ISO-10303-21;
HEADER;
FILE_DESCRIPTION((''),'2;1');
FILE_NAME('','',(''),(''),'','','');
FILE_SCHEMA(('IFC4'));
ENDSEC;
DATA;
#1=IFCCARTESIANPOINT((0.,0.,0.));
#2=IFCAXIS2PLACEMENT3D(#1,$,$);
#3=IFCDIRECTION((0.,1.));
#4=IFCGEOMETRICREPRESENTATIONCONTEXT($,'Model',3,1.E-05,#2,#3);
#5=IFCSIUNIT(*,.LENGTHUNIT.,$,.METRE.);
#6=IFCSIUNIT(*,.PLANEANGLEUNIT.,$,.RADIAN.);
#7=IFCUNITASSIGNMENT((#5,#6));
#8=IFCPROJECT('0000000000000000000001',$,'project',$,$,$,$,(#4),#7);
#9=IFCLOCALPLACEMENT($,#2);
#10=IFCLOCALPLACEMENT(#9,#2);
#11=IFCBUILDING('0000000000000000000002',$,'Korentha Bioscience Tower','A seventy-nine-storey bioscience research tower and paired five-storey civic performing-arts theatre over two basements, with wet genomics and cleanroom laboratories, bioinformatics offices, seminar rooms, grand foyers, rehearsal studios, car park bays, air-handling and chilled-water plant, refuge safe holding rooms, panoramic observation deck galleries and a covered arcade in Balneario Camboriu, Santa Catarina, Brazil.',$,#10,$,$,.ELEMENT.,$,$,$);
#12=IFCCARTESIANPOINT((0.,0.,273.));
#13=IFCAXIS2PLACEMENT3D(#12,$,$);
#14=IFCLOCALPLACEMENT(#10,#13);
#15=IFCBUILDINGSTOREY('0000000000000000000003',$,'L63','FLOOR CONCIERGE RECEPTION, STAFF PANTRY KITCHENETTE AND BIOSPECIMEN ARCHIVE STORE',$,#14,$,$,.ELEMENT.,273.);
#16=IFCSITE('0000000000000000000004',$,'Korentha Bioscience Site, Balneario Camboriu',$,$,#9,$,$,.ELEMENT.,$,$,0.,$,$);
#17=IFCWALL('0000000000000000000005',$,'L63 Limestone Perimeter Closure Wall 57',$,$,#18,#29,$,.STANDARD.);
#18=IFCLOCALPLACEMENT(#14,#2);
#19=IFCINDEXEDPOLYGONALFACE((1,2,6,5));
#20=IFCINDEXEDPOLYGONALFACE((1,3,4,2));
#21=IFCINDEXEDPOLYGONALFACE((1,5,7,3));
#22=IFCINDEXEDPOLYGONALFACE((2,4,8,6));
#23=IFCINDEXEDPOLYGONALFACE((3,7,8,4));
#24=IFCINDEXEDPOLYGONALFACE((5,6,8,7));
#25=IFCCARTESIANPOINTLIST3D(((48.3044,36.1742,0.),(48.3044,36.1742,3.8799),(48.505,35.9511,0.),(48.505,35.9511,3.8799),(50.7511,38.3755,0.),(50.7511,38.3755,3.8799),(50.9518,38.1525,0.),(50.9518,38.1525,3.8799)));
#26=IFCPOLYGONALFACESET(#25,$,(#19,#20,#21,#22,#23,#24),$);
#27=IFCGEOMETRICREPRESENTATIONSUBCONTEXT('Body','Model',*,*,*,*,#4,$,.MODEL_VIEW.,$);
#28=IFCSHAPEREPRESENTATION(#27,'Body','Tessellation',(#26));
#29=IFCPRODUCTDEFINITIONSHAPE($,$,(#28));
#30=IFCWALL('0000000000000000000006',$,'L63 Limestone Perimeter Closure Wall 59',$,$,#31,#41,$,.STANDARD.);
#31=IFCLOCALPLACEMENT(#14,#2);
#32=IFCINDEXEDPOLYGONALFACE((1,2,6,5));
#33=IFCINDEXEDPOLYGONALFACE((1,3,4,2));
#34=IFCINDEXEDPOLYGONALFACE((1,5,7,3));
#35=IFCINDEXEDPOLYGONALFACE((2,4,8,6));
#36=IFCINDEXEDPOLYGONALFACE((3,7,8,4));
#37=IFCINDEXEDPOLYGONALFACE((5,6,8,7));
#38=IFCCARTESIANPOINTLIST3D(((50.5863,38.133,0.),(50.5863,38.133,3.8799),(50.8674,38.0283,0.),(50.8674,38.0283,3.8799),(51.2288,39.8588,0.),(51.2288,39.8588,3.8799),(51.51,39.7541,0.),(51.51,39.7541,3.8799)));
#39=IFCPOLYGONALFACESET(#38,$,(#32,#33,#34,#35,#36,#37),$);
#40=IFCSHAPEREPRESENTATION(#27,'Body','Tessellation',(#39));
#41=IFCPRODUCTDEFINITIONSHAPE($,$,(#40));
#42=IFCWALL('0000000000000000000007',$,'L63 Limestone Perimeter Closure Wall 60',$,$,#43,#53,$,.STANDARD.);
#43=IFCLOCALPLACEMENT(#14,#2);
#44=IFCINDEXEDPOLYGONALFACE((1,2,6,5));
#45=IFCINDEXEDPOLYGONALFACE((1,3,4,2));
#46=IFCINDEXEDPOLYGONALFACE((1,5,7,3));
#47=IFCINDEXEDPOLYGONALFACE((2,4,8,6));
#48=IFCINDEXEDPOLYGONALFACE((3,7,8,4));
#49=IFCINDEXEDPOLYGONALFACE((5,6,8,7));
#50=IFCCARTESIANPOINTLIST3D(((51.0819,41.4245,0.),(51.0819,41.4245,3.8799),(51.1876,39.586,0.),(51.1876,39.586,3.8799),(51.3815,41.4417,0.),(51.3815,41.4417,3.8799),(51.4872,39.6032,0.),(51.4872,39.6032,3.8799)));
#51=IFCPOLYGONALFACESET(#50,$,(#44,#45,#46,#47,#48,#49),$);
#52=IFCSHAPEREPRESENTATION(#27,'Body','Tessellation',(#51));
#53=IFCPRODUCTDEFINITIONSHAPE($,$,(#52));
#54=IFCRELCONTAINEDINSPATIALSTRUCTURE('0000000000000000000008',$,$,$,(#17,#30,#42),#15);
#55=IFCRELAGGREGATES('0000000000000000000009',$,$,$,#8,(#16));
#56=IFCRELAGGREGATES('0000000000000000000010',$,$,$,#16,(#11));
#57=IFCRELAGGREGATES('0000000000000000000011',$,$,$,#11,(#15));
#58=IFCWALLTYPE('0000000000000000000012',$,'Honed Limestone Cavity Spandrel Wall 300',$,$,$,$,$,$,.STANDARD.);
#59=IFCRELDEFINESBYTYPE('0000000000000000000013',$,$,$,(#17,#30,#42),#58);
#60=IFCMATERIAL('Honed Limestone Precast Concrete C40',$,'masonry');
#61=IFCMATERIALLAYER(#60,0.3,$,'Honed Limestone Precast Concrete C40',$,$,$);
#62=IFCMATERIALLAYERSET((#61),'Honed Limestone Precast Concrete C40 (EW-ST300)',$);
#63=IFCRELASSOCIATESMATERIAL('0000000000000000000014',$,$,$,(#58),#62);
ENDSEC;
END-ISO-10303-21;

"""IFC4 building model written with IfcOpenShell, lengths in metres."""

from ifc_helpers import new_model, si_unit, direction, frame, frame_2d, origin, place, context, subcontext, project, spatial, rectangle, extrude, material, layer, layer_set, type_object, element, save


model = new_model("IFC4")

# Units and contexts
model_context = context("Model", 3, precision=1e-05, world=origin(), true_north=direction((0.0, 1.0)))
body_context = subcontext(model_context, "Body", "Model", "MODEL_VIEW")
ifc_project = project(units=[si_unit("LENGTHUNIT", "METRE"), si_unit("PLANEANGLEUNIT", "RADIAN")], contexts=[model_context])

# Site, building, storey
site_placement = place(None, origin())
site = spatial("IfcSite", under=ifc_project, at=site_placement, Name="Korentha Bioscience Site, Balneario Camboriu", CompositionType="ELEMENT", RefElevation=0.0)
building_placement = place(site_placement, origin())
building = spatial("IfcBuilding", under=site, at=building_placement, Name="Korentha Bioscience Tower", Description="A seventy-nine-storey bioscience research tower and paired five-storey civic performing-arts theatre over two basements, with wet genomics and cleanroom laboratories, bioinformatics offices, seminar rooms, grand foyers, rehearsal studios, car park bays, air-handling and chilled-water plant, refuge safe holding rooms, panoramic observation deck galleries and a covered arcade in Balneario Camboriu, Santa Catarina, Brazil.", CompositionType="ELEMENT")
storey_placement = place(building_placement, frame((0.0, 0.0, 273.0)))
storey = spatial("IfcBuildingStorey", under=building, at=storey_placement, Name="L63", Description="FLOOR CONCIERGE RECEPTION, STAFF PANTRY KITCHENETTE AND BIOSPECIMEN ARCHIVE STORE", CompositionType="ELEMENT", Elevation=273.0)

# Walls
ifc_material_1 = material(Name="Honed Limestone Precast Concrete C40", Category="masonry")
ifc_layer_1 = layer(ifc_material_1, 0.3, Name="Honed Limestone Precast Concrete C40")
ifc_layer_set_1 = layer_set([ifc_layer_1], Name="Honed Limestone Precast Concrete C40 (EW-ST300)")
wall_type_1 = type_object("IfcWallType", Name="Honed Limestone Cavity Spandrel Wall 300", PredefinedType="STANDARD", material=ifc_layer_set_1)
wall_1_placement = place(storey_placement, frame((48.4048, 36.0627, 0.0), z_axis=(0.0, 0.0, 1.0), x_axis=(0.743397, 0.66885, 0.0)))
element("IfcWall", 1, at=wall_1_placement, inside=storey, type_object=wall_type_1, Name="L63 Limestone Perimeter Closure Wall 57", PredefinedType="STANDARD", context=body_context, shape_type="SweptSolid", body=[
    extrude(rectangle(XDim=3.2913, YDim=0.3, at=frame_2d((1.6455, 0.0))), origin(), (0.0, 0.0, 1.0), 3.8799),
])
for number, where, z_axis, x_axis, name in (
    (2, (50.7268, 38.0806, 0.0), (0.0, 0.0, 1.0), (0.348929, 0.937149, 0.0), "L63 Limestone Perimeter Closure Wall 59"),
    (3, (51.3374, 39.5945, 0.0), (0.0, 0.0, 1.0), (-0.057401, 0.998351, 0.0), "L63 Limestone Perimeter Closure Wall 60"),
):
    element("IfcWall", number, at=place(storey_placement, frame(where, z_axis=z_axis, x_axis=x_axis)), inside=storey, type_object=wall_type_1, Name=name, PredefinedType="STANDARD", context=body_context, shape_type="SweptSolid", body=[
        extrude(rectangle(XDim=1.8416, YDim=0.3, at=frame_2d((0.9209, 0.0))), origin(), (0.0, 0.0, 1.0), 3.8799),
    ])

save(model, "model.ifc")
